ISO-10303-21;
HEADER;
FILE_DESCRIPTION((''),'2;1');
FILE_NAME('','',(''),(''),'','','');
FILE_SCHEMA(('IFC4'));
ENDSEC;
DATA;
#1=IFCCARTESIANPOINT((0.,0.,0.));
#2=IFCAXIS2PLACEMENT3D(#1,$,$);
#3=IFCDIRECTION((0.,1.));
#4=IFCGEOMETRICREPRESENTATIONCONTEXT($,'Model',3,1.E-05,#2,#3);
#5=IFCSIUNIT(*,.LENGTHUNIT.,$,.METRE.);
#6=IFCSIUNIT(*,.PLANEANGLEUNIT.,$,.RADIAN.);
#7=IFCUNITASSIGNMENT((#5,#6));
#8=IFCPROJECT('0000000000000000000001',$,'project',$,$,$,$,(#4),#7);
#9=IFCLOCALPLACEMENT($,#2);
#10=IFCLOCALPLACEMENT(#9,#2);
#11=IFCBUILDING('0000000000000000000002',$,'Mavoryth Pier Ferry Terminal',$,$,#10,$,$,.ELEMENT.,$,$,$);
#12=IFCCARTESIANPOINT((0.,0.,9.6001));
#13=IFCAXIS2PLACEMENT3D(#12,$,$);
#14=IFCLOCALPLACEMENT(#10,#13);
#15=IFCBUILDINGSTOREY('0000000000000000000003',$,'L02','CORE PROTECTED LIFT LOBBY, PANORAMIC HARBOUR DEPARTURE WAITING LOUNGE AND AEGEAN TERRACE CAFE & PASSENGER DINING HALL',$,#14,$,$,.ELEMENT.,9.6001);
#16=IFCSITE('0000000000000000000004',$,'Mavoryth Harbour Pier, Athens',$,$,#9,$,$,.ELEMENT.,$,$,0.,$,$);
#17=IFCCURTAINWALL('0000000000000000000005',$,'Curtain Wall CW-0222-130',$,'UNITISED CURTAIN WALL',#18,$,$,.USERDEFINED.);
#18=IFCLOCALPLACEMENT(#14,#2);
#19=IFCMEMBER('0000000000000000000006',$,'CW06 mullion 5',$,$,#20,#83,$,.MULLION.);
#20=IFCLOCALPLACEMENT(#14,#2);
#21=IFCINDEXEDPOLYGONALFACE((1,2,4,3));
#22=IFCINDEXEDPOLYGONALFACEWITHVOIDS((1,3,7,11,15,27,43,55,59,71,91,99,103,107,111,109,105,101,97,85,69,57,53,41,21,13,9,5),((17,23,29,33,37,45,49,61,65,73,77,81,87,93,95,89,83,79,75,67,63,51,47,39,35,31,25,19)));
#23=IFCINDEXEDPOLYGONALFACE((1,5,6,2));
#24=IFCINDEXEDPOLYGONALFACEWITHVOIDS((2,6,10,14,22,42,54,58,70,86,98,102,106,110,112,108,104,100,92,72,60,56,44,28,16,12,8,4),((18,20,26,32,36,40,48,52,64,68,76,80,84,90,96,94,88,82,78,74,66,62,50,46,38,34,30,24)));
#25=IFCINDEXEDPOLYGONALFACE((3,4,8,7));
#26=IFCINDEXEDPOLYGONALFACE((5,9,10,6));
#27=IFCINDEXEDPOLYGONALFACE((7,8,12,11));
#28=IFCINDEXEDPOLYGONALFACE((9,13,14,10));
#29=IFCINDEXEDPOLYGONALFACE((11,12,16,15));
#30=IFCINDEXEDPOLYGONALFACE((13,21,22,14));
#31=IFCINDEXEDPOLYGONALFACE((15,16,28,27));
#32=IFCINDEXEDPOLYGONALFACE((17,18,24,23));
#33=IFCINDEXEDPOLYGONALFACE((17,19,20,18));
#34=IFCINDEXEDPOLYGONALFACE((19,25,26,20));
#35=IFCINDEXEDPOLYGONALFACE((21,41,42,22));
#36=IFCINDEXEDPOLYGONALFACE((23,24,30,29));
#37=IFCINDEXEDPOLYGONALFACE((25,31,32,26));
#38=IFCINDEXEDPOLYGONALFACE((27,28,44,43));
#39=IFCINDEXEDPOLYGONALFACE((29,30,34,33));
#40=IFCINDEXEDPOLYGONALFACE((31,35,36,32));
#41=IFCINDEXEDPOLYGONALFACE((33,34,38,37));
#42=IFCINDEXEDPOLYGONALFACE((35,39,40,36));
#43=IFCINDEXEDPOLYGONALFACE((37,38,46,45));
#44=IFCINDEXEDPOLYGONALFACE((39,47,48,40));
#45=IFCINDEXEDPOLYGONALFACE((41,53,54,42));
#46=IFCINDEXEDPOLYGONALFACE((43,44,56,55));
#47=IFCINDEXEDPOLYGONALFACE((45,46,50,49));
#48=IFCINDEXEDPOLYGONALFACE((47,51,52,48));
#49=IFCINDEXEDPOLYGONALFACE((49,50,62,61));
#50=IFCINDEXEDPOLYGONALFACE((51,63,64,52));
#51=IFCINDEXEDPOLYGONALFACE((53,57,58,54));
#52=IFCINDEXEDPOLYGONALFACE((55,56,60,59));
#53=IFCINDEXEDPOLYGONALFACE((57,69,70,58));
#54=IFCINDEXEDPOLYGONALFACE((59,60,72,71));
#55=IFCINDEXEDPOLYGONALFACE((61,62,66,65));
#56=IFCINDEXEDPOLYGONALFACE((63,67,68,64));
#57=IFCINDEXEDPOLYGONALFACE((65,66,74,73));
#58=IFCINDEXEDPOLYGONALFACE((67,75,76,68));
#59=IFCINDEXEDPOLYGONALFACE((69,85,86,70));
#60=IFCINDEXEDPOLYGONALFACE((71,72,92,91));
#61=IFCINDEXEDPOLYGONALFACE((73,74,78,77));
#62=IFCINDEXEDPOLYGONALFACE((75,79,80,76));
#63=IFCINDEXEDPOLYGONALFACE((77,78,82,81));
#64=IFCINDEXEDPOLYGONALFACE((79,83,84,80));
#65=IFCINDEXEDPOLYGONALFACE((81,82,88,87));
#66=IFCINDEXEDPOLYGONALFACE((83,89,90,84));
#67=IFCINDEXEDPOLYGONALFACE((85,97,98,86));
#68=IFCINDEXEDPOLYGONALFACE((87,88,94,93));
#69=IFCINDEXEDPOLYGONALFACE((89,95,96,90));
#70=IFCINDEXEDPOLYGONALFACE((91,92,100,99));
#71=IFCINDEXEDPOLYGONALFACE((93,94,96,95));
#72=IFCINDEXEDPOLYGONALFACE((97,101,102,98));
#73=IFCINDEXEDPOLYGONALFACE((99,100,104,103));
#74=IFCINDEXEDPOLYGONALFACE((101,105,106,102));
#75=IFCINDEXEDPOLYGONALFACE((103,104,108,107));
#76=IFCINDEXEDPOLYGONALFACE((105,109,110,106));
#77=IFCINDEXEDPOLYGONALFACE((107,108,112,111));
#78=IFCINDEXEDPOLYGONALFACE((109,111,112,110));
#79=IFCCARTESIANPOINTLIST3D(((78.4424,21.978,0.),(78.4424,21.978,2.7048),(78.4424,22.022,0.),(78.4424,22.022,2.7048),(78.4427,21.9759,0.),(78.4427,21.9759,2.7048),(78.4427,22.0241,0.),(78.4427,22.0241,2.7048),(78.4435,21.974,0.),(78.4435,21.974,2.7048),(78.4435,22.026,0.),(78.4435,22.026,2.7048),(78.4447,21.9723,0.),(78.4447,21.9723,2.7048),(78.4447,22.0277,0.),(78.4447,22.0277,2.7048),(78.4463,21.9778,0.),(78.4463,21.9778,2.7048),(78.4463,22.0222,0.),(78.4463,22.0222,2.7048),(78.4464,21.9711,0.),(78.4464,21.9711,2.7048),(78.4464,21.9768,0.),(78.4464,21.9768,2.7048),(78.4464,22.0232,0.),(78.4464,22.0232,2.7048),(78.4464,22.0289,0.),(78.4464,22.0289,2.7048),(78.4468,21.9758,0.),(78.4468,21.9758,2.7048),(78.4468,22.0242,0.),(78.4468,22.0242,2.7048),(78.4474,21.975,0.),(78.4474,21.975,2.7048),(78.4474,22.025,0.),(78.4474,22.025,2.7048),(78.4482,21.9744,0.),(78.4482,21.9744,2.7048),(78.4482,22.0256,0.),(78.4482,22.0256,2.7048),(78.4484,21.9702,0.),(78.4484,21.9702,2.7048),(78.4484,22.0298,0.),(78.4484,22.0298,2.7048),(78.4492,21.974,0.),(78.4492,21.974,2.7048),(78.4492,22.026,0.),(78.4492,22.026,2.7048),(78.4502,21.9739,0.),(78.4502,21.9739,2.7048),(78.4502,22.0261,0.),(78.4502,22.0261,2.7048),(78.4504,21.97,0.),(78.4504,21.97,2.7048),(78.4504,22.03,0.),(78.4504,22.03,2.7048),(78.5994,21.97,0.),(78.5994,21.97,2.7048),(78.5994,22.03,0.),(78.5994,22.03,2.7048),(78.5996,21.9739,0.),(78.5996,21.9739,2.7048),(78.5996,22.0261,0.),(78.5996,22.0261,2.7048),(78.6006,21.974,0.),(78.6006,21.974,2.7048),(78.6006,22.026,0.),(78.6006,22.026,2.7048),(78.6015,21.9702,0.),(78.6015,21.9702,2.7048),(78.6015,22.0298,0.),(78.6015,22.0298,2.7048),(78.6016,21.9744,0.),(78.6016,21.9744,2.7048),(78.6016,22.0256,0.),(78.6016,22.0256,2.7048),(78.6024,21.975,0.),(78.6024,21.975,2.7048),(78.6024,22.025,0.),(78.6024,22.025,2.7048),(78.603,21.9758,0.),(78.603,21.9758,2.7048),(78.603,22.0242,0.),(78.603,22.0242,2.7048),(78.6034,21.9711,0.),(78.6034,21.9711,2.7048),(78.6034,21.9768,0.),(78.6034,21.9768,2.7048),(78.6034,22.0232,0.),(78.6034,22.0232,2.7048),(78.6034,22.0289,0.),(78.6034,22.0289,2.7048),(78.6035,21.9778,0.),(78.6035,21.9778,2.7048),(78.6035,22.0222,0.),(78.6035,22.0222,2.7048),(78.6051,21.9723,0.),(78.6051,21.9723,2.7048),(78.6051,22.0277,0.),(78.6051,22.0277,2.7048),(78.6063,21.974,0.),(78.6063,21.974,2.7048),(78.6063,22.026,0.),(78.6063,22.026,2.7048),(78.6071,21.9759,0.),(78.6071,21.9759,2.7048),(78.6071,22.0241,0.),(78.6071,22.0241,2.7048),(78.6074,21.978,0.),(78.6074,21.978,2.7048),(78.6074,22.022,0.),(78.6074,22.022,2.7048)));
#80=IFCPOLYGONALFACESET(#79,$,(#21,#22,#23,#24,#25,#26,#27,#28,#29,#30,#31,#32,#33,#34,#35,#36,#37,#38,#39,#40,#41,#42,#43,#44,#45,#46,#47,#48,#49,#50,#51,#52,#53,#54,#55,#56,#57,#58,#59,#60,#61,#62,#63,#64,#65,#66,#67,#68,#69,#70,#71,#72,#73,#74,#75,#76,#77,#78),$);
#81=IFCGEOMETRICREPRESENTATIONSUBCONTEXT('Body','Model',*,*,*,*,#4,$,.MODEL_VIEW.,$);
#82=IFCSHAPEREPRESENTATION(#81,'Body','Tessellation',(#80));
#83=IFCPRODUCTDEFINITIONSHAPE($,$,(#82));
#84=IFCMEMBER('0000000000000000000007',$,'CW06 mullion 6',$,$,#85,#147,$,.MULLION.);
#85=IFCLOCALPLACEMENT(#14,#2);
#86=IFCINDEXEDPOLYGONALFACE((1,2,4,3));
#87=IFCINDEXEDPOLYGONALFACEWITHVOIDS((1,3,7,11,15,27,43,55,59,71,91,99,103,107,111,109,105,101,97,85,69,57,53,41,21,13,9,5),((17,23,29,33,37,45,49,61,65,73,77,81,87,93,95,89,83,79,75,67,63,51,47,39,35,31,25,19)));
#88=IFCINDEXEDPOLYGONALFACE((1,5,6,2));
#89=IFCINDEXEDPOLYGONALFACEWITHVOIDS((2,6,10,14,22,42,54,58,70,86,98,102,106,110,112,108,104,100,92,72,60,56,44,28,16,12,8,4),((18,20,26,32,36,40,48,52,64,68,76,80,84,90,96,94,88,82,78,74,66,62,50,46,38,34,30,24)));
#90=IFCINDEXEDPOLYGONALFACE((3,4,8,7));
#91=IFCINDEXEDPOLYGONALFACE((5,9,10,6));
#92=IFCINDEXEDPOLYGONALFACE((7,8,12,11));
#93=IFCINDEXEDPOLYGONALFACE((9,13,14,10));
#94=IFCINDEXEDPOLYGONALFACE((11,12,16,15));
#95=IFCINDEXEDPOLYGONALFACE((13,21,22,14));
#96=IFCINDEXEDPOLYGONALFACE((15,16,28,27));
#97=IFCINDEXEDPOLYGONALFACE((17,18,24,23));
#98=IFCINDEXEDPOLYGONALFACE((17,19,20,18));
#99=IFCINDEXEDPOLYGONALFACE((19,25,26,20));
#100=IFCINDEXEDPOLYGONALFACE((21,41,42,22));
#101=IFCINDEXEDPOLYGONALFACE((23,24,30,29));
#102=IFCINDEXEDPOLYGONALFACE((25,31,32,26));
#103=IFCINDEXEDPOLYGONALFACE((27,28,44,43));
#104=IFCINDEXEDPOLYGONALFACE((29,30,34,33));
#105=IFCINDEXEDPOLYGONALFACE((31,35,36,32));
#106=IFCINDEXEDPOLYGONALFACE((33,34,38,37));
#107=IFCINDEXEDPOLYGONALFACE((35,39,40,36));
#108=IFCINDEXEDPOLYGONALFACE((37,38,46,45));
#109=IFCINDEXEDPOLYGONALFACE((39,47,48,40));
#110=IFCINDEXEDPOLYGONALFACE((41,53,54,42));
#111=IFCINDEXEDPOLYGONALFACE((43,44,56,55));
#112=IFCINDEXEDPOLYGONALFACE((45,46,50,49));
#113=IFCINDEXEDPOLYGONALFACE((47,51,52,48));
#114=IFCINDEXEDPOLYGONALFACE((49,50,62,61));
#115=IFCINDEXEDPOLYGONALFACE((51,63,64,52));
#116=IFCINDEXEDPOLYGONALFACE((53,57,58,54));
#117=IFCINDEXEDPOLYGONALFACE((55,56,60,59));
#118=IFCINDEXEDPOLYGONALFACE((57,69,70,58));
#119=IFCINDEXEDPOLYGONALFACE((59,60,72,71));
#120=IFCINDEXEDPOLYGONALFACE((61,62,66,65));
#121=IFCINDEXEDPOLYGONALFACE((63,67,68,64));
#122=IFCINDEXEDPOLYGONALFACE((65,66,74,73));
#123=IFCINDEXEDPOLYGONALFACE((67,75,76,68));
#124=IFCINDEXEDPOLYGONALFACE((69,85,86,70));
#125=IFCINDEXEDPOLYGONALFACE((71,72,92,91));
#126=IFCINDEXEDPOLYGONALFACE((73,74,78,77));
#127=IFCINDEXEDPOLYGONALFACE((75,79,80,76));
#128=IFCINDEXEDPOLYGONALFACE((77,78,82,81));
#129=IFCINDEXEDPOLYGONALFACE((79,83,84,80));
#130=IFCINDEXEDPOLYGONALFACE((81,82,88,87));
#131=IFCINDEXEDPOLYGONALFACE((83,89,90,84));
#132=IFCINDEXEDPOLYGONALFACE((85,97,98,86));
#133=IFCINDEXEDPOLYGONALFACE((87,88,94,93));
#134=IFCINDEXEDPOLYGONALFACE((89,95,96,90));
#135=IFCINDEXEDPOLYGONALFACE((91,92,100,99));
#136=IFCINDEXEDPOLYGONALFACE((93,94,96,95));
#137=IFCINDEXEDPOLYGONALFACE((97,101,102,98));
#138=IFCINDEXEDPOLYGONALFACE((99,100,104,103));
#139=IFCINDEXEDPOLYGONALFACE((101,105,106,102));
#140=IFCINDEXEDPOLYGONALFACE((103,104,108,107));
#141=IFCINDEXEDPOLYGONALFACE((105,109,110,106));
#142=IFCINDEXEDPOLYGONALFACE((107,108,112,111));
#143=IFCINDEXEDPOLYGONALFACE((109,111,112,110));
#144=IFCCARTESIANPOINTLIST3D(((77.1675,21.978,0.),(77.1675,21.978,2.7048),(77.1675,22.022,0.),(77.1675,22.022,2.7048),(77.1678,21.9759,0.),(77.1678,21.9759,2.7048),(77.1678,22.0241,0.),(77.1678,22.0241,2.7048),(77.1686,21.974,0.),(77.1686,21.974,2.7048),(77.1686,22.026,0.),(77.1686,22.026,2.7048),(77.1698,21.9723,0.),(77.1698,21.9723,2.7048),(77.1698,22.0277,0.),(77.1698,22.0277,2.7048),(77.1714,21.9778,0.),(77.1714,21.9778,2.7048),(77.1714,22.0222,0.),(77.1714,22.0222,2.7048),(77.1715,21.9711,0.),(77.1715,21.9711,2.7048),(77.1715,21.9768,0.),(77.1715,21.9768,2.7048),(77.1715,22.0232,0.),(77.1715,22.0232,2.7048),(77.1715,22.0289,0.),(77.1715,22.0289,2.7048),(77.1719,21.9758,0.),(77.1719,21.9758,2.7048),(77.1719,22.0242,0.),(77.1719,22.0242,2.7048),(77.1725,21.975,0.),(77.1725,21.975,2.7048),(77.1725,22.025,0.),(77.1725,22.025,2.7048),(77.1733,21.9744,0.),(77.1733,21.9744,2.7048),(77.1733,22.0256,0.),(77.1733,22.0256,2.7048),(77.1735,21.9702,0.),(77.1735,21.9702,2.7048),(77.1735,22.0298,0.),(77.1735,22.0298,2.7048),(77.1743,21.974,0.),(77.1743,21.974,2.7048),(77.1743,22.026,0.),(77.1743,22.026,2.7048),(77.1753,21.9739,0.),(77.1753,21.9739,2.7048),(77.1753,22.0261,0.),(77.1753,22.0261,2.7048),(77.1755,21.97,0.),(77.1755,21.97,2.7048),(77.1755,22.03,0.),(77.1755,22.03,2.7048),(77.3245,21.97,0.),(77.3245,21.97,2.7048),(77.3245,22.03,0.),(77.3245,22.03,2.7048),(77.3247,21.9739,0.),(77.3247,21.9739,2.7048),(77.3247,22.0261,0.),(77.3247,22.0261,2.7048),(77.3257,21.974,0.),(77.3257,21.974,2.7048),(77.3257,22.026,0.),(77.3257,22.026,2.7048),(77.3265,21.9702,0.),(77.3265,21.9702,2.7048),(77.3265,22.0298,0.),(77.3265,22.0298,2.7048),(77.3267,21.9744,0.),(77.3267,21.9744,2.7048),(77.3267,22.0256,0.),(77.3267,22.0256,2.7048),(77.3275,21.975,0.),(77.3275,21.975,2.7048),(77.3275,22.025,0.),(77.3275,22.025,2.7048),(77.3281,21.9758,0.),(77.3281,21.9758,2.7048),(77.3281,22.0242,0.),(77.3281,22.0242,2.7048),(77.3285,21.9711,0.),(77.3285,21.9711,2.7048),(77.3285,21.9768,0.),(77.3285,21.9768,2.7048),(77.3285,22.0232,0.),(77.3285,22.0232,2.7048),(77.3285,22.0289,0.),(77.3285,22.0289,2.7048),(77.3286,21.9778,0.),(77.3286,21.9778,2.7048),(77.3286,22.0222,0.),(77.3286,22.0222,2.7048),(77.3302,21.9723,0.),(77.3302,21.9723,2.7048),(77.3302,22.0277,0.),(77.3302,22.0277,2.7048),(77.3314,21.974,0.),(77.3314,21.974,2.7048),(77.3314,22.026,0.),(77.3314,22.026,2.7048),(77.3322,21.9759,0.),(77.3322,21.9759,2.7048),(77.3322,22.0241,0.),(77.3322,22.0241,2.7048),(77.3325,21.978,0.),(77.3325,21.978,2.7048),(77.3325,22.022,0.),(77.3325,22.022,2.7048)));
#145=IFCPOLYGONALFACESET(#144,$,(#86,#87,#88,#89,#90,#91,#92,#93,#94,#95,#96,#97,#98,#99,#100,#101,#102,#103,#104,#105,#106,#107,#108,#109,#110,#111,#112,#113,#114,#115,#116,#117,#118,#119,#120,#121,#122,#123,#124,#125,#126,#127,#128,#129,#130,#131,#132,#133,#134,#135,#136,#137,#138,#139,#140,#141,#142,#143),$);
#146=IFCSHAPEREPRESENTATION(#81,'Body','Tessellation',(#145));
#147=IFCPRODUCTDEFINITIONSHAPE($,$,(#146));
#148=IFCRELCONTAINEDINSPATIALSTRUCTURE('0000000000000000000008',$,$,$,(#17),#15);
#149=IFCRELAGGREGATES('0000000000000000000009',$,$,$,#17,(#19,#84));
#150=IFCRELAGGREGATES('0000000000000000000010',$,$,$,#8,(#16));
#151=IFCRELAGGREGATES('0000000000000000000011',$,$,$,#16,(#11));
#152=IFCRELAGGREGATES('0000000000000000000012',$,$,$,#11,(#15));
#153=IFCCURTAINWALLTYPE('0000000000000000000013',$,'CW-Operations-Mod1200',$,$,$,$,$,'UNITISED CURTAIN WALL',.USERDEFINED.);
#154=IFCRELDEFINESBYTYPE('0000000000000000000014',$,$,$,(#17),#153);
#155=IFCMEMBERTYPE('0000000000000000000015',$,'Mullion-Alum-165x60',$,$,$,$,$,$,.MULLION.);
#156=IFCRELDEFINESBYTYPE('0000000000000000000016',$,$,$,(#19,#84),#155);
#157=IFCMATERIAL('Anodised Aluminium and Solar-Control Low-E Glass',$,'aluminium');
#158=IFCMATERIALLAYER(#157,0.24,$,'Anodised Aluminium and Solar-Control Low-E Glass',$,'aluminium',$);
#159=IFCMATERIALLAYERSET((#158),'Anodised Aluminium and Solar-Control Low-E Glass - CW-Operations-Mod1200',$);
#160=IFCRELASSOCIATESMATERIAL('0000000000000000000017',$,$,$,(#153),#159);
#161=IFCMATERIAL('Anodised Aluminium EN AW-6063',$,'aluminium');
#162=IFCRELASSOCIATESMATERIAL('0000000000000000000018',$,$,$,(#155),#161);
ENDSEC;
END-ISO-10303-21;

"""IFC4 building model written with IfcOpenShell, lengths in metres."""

from ifc_helpers import new_model, si_unit, direction, frame, origin, origin_2d, place, context, subcontext, project, spatial, hollow_rectangle, extrude, material, layer, layer_set, material_profile, profile_set, type_object, element, aggregate, save


model = new_model("IFC4")

# Units and contexts
model_context = context("Model", 3, precision=1e-05, world=origin(), true_north=direction((0.0, 1.0)))
body_context = subcontext(model_context, "Body", "Model", "MODEL_VIEW")
ifc_project = project(units=[si_unit("LENGTHUNIT", "METRE"), si_unit("PLANEANGLEUNIT", "RADIAN")], contexts=[model_context])

# Site, building, storey
site_placement = place(None, origin())
site = spatial("IfcSite", under=ifc_project, at=site_placement, Name="Mavoryth Harbour Pier, Athens", CompositionType="ELEMENT", RefElevation=0.0)
building_placement = place(site_placement, origin())
building = spatial("IfcBuilding", under=site, at=building_placement, Name="Mavoryth Pier Ferry Terminal", CompositionType="ELEMENT")
storey_placement = place(building_placement, frame((0.0, 0.0, 9.6001)))
storey = spatial("IfcBuildingStorey", under=building, at=storey_placement, Name="L02", Description="CORE PROTECTED LIFT LOBBY, PANORAMIC HARBOUR DEPARTURE WAITING LOUNGE AND AEGEAN TERRACE CAFE & PASSENGER DINING HALL", CompositionType="ELEMENT", Elevation=9.6001)

# Curtain wall, members
ifc_material_1 = material(Name="Anodised Aluminium and Solar-Control Low-E Glass", Category="aluminium")
ifc_layer_1 = layer(ifc_material_1, 0.24, Name="Anodised Aluminium and Solar-Control Low-E Glass", Category="aluminium")
ifc_layer_set_1 = layer_set([ifc_layer_1], Name="Anodised Aluminium and Solar-Control Low-E Glass - CW-Operations-Mod1200")
curtain_wall_type = type_object("IfcCurtainWallType", Name="CW-Operations-Mod1200", ElementType="UNITISED CURTAIN WALL", PredefinedType="USERDEFINED", material=ifc_layer_set_1)
ifc_material_2 = material(Name="Anodised Aluminium EN AW-6063", Category="aluminium")
ifc_material_profile_1 = material_profile(ifc_material_2, hollow_rectangle(XDim=0.0601, YDim=0.165, WallThickness=0.0039, InnerFilletRadius=0.0039, OuterFilletRadius=0.0081, at=origin_2d()), Name="AL-MULL 165x60x4", Category="aluminium")
ifc_profile_set_1 = profile_set([ifc_material_profile_1], Name="Anodised Aluminium EN AW-6063 - AL-MULL 165x60x4")
member_type_1 = type_object("IfcMemberType", Name="Mullion-Alum-165x60", PredefinedType="MULLION", material=ifc_profile_set_1)
curtain_wall_1_placement = place(storey_placement, origin())
curtain_wall_1 = element("IfcCurtainWall", 1, at=curtain_wall_1_placement, inside=storey, type_object=curtain_wall_type, Name="Curtain Wall CW-0222-130", ObjectType="UNITISED CURTAIN WALL", PredefinedType="USERDEFINED")
member_1_placement = place(storey_placement, frame((78.5249, 22.0, 0.0), z_axis=(0.0, 0.0, 1.0), x_axis=(0.0, -1.0, 0.0)))
member_1 = element("IfcMember", 2, at=member_1_placement, type_object=member_type_1, Name="CW06 mullion 5", PredefinedType="MULLION", context=body_context, shape_type="SweptSolid", body=[
    extrude(hollow_rectangle(XDim=0.0601, YDim=0.165, WallThickness=0.0039, InnerFilletRadius=0.0039, OuterFilletRadius=0.0081, at=origin_2d()), origin(), (0.0, 0.0, 1.0), 2.7048),
])
member_2_placement = place(storey_placement, frame((77.25, 22.0, 0.0), z_axis=(0.0, 0.0, 1.0), x_axis=(0.0, -1.0, 0.0)))
member_2 = element("IfcMember", 3, at=member_2_placement, type_object=member_type_1, Name="CW06 mullion 6", PredefinedType="MULLION", context=body_context, shape_type="SweptSolid", body=[
    extrude(hollow_rectangle(XDim=0.0601, YDim=0.165, WallThickness=0.0039, InnerFilletRadius=0.0039, OuterFilletRadius=0.0081, at=origin_2d()), origin(), (0.0, 0.0, 1.0), 2.7048),
])

aggregate(curtain_wall_1, [member_1, member_2])

save(model, "model.ifc")
